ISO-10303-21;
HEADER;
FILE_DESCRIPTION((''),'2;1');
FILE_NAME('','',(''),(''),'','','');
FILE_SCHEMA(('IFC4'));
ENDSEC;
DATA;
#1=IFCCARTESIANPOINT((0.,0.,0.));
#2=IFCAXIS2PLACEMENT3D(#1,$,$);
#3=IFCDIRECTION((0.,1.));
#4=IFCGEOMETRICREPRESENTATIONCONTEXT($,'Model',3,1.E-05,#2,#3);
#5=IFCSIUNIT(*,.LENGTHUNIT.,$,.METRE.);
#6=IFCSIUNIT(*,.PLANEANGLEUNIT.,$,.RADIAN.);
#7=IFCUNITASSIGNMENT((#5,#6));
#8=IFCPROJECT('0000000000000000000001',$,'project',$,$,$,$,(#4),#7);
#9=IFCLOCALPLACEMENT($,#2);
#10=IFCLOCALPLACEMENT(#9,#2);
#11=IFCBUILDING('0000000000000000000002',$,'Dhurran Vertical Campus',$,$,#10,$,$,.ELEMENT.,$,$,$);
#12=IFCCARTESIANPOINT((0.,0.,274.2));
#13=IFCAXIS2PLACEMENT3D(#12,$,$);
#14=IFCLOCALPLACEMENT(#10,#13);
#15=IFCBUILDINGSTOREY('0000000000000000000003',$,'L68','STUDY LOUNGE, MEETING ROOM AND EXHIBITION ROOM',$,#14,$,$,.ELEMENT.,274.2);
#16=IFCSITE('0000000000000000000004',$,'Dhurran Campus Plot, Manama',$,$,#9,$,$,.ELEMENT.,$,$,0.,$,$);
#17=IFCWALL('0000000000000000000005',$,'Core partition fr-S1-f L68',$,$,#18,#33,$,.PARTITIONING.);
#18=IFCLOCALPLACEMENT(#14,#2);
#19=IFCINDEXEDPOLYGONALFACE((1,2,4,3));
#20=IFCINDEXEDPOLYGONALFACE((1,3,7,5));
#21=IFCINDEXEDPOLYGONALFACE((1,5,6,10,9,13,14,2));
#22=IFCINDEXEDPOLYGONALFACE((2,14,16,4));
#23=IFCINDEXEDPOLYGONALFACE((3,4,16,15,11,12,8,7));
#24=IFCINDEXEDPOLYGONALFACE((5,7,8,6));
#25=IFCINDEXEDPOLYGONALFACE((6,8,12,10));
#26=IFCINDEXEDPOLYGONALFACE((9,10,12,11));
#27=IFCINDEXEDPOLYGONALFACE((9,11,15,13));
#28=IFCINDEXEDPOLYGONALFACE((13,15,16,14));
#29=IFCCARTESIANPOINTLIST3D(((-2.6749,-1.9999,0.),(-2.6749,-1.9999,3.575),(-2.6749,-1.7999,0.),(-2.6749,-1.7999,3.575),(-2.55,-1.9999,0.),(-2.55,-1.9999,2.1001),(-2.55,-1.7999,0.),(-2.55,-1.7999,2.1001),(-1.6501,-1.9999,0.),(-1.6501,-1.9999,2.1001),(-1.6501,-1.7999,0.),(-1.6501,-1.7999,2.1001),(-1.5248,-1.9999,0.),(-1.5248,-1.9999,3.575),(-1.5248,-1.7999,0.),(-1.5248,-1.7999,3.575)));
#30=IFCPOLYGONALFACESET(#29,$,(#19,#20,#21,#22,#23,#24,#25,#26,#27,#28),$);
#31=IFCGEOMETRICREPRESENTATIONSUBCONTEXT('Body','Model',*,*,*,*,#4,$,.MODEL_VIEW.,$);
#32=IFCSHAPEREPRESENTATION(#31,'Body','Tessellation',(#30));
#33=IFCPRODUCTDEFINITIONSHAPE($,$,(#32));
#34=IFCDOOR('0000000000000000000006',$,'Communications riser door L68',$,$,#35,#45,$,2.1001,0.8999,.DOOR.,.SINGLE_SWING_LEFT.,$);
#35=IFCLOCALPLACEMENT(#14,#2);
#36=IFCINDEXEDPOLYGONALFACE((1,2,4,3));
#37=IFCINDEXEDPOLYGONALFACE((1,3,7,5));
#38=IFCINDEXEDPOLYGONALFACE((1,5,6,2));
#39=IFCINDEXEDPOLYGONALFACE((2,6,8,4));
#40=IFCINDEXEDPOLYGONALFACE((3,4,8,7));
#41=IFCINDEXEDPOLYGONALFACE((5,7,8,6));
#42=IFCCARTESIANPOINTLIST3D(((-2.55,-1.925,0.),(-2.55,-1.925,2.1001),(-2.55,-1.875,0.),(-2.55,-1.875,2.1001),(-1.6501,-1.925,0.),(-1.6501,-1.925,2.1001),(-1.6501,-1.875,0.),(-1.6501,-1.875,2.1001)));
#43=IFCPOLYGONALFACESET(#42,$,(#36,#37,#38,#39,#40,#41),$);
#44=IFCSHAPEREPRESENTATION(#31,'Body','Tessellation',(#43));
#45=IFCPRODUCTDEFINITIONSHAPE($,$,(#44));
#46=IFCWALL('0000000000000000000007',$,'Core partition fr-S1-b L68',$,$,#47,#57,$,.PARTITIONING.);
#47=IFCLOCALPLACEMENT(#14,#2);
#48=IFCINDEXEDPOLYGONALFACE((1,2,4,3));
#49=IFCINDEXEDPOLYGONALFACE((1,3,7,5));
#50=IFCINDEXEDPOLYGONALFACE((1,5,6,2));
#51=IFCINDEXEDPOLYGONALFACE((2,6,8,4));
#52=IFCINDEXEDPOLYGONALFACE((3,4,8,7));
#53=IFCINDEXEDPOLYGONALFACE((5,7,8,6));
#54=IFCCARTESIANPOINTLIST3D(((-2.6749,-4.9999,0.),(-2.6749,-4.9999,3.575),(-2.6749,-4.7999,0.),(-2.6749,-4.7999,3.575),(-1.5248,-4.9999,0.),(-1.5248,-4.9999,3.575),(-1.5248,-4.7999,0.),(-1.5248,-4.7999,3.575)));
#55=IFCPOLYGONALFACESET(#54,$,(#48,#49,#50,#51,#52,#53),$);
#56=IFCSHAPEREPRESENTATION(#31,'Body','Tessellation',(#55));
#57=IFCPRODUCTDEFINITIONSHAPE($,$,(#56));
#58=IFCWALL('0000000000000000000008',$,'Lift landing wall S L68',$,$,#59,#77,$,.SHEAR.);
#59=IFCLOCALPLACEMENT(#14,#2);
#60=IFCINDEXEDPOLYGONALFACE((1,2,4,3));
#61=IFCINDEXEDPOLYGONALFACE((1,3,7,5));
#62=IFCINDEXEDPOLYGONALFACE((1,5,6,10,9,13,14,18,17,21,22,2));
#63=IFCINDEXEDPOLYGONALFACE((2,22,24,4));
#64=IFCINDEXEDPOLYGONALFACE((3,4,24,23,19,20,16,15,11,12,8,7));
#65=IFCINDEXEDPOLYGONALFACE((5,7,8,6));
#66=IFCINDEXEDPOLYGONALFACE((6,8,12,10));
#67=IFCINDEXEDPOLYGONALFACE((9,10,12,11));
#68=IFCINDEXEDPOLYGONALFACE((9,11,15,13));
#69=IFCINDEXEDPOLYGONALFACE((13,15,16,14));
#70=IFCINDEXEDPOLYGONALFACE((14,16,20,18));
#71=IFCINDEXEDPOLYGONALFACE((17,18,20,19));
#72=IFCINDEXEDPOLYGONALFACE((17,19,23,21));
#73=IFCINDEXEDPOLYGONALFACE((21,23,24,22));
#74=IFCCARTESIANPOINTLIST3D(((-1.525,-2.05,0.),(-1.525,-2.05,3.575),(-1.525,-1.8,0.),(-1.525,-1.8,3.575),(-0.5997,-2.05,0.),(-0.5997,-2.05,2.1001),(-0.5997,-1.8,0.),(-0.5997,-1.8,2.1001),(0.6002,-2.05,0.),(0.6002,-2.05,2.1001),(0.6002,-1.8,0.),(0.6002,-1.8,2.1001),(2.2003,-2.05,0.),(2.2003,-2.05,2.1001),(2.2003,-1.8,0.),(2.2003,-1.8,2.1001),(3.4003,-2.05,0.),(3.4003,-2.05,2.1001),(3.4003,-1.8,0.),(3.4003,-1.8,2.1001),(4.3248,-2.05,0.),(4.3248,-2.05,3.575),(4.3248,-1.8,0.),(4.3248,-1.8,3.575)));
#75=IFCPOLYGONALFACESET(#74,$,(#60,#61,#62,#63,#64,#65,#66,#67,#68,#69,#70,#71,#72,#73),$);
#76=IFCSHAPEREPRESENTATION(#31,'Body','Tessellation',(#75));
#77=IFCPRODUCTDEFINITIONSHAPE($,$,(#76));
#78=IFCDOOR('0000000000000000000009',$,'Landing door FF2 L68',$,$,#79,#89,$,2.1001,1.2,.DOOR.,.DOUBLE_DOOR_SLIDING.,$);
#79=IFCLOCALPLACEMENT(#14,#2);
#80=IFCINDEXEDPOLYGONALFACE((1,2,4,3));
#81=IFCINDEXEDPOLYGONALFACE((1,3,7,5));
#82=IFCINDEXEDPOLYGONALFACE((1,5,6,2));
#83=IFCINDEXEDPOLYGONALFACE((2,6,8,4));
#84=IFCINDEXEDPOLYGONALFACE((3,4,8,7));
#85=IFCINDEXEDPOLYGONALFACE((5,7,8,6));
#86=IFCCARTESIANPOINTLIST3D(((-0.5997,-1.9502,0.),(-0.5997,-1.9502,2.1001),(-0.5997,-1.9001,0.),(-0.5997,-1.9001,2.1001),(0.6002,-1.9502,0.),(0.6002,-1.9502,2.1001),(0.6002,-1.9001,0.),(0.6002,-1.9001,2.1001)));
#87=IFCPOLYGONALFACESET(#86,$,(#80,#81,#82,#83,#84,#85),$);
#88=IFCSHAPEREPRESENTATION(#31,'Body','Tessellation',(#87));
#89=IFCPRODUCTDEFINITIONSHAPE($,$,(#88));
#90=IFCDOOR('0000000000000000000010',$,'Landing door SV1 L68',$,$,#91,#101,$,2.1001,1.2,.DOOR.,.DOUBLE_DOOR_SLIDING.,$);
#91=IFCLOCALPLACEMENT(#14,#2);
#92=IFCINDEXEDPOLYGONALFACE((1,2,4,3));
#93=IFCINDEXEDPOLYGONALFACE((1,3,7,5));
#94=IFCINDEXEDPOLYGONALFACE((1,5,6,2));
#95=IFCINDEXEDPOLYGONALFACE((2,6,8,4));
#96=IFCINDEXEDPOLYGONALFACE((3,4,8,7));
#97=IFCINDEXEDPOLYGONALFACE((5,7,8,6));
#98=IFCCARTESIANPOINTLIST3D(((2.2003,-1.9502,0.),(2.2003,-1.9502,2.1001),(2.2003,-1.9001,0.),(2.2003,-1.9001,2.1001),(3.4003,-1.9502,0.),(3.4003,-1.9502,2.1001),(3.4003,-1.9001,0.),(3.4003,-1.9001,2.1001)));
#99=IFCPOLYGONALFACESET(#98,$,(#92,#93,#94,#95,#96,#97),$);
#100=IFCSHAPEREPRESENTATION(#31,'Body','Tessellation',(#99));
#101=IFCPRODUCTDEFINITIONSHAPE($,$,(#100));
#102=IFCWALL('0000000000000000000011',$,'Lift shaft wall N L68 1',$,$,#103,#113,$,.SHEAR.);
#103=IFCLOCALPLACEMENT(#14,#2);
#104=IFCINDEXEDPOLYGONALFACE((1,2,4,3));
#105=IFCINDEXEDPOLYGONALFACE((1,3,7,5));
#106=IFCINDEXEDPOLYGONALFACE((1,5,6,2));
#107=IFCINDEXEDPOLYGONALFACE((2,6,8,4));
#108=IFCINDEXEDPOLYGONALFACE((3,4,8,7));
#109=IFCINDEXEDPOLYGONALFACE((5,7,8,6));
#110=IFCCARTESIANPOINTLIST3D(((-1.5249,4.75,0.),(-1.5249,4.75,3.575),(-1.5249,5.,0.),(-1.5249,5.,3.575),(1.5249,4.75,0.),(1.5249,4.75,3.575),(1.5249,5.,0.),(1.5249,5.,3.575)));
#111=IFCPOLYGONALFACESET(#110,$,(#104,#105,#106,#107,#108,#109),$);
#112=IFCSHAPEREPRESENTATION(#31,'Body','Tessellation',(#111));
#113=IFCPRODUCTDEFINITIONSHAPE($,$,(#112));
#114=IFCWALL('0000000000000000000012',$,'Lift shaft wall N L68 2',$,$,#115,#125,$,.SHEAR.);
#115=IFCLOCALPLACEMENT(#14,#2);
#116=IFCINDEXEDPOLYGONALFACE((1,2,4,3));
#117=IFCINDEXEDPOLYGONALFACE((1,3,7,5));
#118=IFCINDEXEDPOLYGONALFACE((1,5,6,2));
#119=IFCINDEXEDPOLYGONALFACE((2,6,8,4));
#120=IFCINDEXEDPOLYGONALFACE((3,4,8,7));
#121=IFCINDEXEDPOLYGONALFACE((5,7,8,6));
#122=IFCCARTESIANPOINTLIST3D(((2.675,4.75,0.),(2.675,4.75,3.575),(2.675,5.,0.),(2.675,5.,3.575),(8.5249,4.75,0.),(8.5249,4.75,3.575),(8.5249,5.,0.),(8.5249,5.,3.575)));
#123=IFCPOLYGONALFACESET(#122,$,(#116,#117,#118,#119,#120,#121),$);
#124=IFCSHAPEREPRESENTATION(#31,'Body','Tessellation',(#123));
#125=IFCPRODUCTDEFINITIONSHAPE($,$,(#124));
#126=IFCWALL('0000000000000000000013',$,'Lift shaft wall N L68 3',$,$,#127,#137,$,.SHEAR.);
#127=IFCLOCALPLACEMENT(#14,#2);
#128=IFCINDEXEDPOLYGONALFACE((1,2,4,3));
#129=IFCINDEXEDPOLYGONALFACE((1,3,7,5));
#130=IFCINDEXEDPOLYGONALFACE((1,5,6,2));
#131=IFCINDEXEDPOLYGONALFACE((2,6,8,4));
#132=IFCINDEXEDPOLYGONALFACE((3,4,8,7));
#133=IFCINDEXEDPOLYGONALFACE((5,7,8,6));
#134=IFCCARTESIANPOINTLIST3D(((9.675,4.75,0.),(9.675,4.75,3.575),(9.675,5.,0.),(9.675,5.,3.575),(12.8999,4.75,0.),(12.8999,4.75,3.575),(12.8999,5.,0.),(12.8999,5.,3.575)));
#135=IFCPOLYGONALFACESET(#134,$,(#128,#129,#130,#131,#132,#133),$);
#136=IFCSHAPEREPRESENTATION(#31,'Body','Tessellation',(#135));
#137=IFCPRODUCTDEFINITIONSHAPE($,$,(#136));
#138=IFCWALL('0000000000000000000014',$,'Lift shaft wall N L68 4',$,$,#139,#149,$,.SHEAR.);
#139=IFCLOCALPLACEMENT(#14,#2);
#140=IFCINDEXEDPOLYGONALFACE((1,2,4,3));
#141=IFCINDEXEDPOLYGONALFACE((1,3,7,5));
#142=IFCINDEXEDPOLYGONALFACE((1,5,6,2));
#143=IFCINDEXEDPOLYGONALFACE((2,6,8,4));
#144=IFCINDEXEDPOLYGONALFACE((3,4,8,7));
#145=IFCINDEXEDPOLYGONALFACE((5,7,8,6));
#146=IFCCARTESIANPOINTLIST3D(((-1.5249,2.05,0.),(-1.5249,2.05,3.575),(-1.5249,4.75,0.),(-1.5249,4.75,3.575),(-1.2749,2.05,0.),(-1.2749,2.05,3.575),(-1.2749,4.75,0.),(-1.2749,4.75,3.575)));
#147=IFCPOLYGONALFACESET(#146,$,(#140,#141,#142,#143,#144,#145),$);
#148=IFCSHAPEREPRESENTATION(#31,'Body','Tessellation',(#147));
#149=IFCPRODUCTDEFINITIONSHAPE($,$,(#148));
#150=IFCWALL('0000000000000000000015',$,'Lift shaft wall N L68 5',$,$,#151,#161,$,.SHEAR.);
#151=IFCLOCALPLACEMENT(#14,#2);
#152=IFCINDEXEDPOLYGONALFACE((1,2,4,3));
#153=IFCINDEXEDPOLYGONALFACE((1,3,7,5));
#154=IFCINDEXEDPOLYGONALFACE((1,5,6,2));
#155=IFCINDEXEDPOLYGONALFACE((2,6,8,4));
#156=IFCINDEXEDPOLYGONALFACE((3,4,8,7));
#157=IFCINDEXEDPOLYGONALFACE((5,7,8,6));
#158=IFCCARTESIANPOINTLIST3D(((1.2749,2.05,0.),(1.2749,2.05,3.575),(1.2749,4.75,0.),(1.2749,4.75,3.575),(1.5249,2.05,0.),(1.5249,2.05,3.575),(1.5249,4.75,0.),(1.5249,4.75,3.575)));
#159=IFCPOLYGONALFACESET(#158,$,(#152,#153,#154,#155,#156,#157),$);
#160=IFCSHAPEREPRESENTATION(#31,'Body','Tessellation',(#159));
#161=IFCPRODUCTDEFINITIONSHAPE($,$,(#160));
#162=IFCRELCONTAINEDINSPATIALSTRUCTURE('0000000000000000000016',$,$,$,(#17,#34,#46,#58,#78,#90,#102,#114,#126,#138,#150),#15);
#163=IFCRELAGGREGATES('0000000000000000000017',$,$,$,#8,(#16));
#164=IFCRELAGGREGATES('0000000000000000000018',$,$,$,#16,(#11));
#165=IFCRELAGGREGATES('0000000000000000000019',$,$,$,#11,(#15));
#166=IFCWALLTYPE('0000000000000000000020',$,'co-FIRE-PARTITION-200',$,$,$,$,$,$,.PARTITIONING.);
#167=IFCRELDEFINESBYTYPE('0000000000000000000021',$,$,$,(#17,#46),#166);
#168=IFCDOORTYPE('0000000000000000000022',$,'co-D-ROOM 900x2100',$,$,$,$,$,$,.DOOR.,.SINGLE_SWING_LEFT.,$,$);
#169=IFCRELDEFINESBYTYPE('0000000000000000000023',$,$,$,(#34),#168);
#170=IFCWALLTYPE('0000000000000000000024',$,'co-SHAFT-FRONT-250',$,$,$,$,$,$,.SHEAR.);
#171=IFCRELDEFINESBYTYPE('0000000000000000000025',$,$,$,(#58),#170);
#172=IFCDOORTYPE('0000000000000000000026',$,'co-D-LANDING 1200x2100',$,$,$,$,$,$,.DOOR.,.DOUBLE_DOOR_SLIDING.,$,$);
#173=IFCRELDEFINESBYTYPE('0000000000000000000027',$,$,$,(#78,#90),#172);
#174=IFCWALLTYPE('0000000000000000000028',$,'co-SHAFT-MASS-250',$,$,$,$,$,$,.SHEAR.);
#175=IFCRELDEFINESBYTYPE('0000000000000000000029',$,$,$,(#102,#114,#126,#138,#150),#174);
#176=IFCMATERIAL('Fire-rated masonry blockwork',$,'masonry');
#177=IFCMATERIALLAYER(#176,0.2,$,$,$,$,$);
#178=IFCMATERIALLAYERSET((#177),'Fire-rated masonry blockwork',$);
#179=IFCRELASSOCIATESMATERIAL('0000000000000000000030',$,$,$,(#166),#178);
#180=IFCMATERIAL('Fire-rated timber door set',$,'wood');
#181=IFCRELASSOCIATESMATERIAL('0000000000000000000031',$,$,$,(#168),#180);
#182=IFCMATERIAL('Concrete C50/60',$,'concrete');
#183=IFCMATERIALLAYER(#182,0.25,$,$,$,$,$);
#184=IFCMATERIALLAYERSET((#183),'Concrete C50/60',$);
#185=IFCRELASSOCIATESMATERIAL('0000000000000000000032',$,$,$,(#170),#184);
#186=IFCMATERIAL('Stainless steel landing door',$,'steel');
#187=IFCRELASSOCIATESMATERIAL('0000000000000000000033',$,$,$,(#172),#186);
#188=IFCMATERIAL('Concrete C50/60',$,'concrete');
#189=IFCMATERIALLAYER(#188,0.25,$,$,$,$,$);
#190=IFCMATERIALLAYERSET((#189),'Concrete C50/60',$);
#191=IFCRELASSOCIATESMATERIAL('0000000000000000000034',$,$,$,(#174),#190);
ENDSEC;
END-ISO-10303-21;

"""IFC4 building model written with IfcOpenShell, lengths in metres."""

from ifc_helpers import new_model, si_unit, direction, frame, frame_2d, origin, place, context, subcontext, project, spatial, polyline, rectangle, outline, extrude, material, layer, layer_set, type_object, element, fill, save


model = new_model("IFC4")

# Units and contexts
model_context = context("Model", 3, precision=1e-05, world=origin(), true_north=direction((0.0, 1.0)))
body_context = subcontext(model_context, "Body", "Model", "MODEL_VIEW")
ifc_project = project(units=[si_unit("LENGTHUNIT", "METRE"), si_unit("PLANEANGLEUNIT", "RADIAN")], contexts=[model_context])

# Site, building, storey
site_placement = place(None, origin())
site = spatial("IfcSite", under=ifc_project, at=site_placement, Name="Dhurran Campus Plot, Manama", CompositionType="ELEMENT", RefElevation=0.0)
building_placement = place(site_placement, origin())
building = spatial("IfcBuilding", under=site, at=building_placement, Name="Dhurran Vertical Campus", CompositionType="ELEMENT")
storey_placement = place(building_placement, frame((0.0, 0.0, 274.2)))
storey = spatial("IfcBuildingStorey", under=building, at=storey_placement, Name="L68", Description="STUDY LOUNGE, MEETING ROOM AND EXHIBITION ROOM", CompositionType="ELEMENT", Elevation=274.2)

# Shared definitions
ifc_material_1 = material(Name="Fire-rated masonry blockwork", Category="masonry")
ifc_layer_1 = layer(ifc_material_1, 0.2)
ifc_layer_set_1 = layer_set([ifc_layer_1], Name="Fire-rated masonry blockwork")
wall_type_1 = type_object("IfcWallType", Name="co-FIRE-PARTITION-200", PredefinedType="PARTITIONING", material=ifc_layer_set_1)

# Wall, opening, door
wall_1_placement = place(storey_placement, frame((-2.675, -1.8999, 0.0), z_axis=(0.0, 0.0, 1.0), x_axis=(1.0, 0.0, 0.0)))
wall_1 = element("IfcWall", 1, at=wall_1_placement, inside=storey, type_object=wall_type_1, Name="Core partition fr-S1-f L68", PredefinedType="PARTITIONING", context=body_context, shape_type="SweptSolid", body=[
    extrude(rectangle(XDim=1.1501, YDim=0.2, at=frame_2d((0.5752, 0.0))), origin(), (0.0, 0.0, 1.0), 3.575),
])
opening_1_placement = place(wall_1_placement, frame((0.125, 0.0, 0.0)))
opening_1 = element("IfcOpeningElement", 2, at=opening_1_placement, cuts=wall_1, PredefinedType="OPENING", context=body_context, shape_type="SweptSolid", body=[
    extrude(rectangle(XDim=0.8999, YDim=2.1001, at=frame_2d((0.45, 1.05))), frame((0.0, 0.1099, 0.0), z_axis=(0.0, -1.0, 0.0), x_axis=(1.0, 0.0, 0.0)), (0.0, 0.0, 1.0), 0.22),
])
ifc_material_2 = material(Name="Fire-rated timber door set", Category="wood")
door_type_1 = type_object("IfcDoorType", Name="co-D-ROOM 900x2100", OperationType="SINGLE_SWING_LEFT", PredefinedType="DOOR", material=ifc_material_2)
door_1_placement = place(opening_1_placement, origin())
door_1 = element("IfcDoor", 3, at=door_1_placement, inside=storey, type_object=door_type_1, Name="Communications riser door L68", OperationType="SINGLE_SWING_LEFT", OverallHeight=2.1001, OverallWidth=0.8999, PredefinedType="DOOR", context=body_context, shape_type="SweptSolid", body=[
    extrude(rectangle(XDim=0.8999, YDim=2.1001, at=frame_2d((0.45, 1.05))), frame((0.0, 0.0249, 0.0), z_axis=(0.0, -1.0, 0.0), x_axis=(1.0, 0.0, 0.0)), (0.0, 0.0, 1.0), 0.05),
])
fill(opening_1, door_1)

# Wall
wall_2_placement = place(storey_placement, frame((-2.675, -4.8999, 0.0), z_axis=(0.0, 0.0, 1.0), x_axis=(1.0, 0.0, 0.0)))
element("IfcWall", 4, at=wall_2_placement, inside=storey, type_object=wall_type_1, Name="Core partition fr-S1-b L68", PredefinedType="PARTITIONING", context=body_context, shape_type="SweptSolid", body=[
    extrude(rectangle(XDim=1.1501, YDim=0.2, at=frame_2d((0.5752, 0.0))), origin(), (0.0, 0.0, 1.0), 3.575),
])

# Wall, openings, doors
ifc_material_3 = material(Name="Concrete C50/60", Category="concrete")
ifc_layer_2 = layer(ifc_material_3, 0.25)
ifc_layer_set_2 = layer_set([ifc_layer_2], Name="Concrete C50/60")
wall_type_2 = type_object("IfcWallType", Name="co-SHAFT-FRONT-250", PredefinedType="SHEAR", material=ifc_layer_set_2)
wall_3_placement = place(storey_placement, frame((-1.5249, -1.925, 0.0), z_axis=(0.0, 0.0, 1.0), x_axis=(1.0, 0.0, 0.0)))
wall_3 = element("IfcWall", 5, at=wall_3_placement, inside=storey, type_object=wall_type_2, Name="Lift landing wall S L68", PredefinedType="SHEAR", context=body_context, shape_type="SweptSolid", body=[
    extrude(rectangle(XDim=5.8499, YDim=0.25, at=frame_2d((2.9248, 0.0))), origin(), (0.0, 0.0, 1.0), 3.575),
])
opening_2_placement = place(wall_3_placement, frame((0.925, 0.0, 0.0)))
opening_2 = element("IfcOpeningElement", 6, at=opening_2_placement, cuts=wall_3, PredefinedType="OPENING", context=body_context, shape_type="SweptSolid", body=[
    extrude(rectangle(XDim=1.2, YDim=2.1001, at=frame_2d((0.6001, 1.05))), frame((0.0, 0.135, 0.0), z_axis=(0.0, -1.0, 0.0), x_axis=(1.0, 0.0, 0.0)), (0.0, 0.0, 1.0), 0.27),
])
opening_3_placement = place(wall_3_placement, frame((3.7251, 0.0, 0.0)))
opening_3 = element("IfcOpeningElement", 7, at=opening_3_placement, cuts=wall_3, PredefinedType="OPENING", context=body_context, shape_type="SweptSolid", body=[
    extrude(rectangle(XDim=1.2, YDim=2.1001, at=frame_2d((0.6001, 1.05))), frame((0.0, 0.135, 0.0), z_axis=(0.0, -1.0, 0.0), x_axis=(1.0, 0.0, 0.0)), (0.0, 0.0, 1.0), 0.27),
])
ifc_material_4 = material(Name="Stainless steel landing door", Category="steel")
door_type_2 = type_object("IfcDoorType", Name="co-D-LANDING 1200x2100", OperationType="DOUBLE_DOOR_SLIDING", PredefinedType="DOOR", material=ifc_material_4)
door_2_placement = place(opening_2_placement, origin())
door_2 = element("IfcDoor", 8, at=door_2_placement, inside=storey, type_object=door_type_2, Name="Landing door FF2 L68", OperationType="DOUBLE_DOOR_SLIDING", OverallHeight=2.1001, OverallWidth=1.2, PredefinedType="DOOR", context=body_context, shape_type="SweptSolid", body=[
    extrude(rectangle(XDim=1.2, YDim=2.1001, at=frame_2d((0.6001, 1.05))), frame((0.0, 0.0249, 0.0), z_axis=(0.0, -1.0, 0.0), x_axis=(1.0, 0.0, 0.0)), (0.0, 0.0, 1.0), 0.05),
])
fill(opening_2, door_2)
door_3_placement = place(opening_3_placement, origin())
door_3 = element("IfcDoor", 9, at=door_3_placement, inside=storey, type_object=door_type_2, Name="Landing door SV1 L68", OperationType="DOUBLE_DOOR_SLIDING", OverallHeight=2.1001, OverallWidth=1.2, PredefinedType="DOOR", context=body_context, shape_type="SweptSolid", body=[
    extrude(rectangle(XDim=1.2, YDim=2.1001, at=frame_2d((0.6001, 1.05))), frame((0.0, 0.0249, 0.0), z_axis=(0.0, -1.0, 0.0), x_axis=(1.0, 0.0, 0.0)), (0.0, 0.0, 1.0), 0.05),
])
fill(opening_3, door_3)

# Walls
ifc_material_5 = material(Name="Concrete C50/60", Category="concrete")
ifc_layer_3 = layer(ifc_material_5, 0.25)
ifc_layer_set_3 = layer_set([ifc_layer_3], Name="Concrete C50/60")
wall_type_3 = type_object("IfcWallType", Name="co-SHAFT-MASS-250", PredefinedType="SHEAR", material=ifc_layer_set_3)
wall_4_placement = place(storey_placement, origin())
element("IfcWall", 10, at=wall_4_placement, inside=storey, type_object=wall_type_3, Name="Lift shaft wall N L68 1", PredefinedType="SHEAR", context=body_context, shape_type="SweptSolid", body=[
    extrude(outline(polyline([(-1.5249, 4.75), (1.5249, 4.75), (1.5249, 5.0), (-1.5249, 5.0), (-1.5249, 4.75)])), origin(), (0.0, 0.0, 1.0), 3.575),
])
wall_5_placement = place(storey_placement, origin())
element("IfcWall", 11, at=wall_5_placement, inside=storey, type_object=wall_type_3, Name="Lift shaft wall N L68 2", PredefinedType="SHEAR", context=body_context, shape_type="SweptSolid", body=[
    extrude(outline(polyline([(2.675, 4.75), (8.5249, 4.75), (8.5249, 5.0), (2.675, 5.0), (2.675, 4.75)])), origin(), (0.0, 0.0, 1.0), 3.575),
])
wall_6_placement = place(storey_placement, origin())
element("IfcWall", 12, at=wall_6_placement, inside=storey, type_object=wall_type_3, Name="Lift shaft wall N L68 3", PredefinedType="SHEAR", context=body_context, shape_type="SweptSolid", body=[
    extrude(outline(polyline([(9.675, 4.75), (12.8999, 4.75), (12.8999, 5.0), (9.675, 5.0), (9.675, 4.75)])), origin(), (0.0, 0.0, 1.0), 3.575),
])
wall_7_placement = place(storey_placement, origin())
element("IfcWall", 13, at=wall_7_placement, inside=storey, type_object=wall_type_3, Name="Lift shaft wall N L68 4", PredefinedType="SHEAR", context=body_context, shape_type="SweptSolid", body=[
    extrude(outline(polyline([(-1.5249, 2.05), (-1.2749, 2.05), (-1.2749, 4.75), (-1.5249, 4.75), (-1.5249, 2.05)])), origin(), (0.0, 0.0, 1.0), 3.575),
])
wall_8_placement = place(storey_placement, origin())
element("IfcWall", 14, at=wall_8_placement, inside=storey, type_object=wall_type_3, Name="Lift shaft wall N L68 5", PredefinedType="SHEAR", context=body_context, shape_type="SweptSolid", body=[
    extrude(outline(polyline([(1.2749, 2.05), (1.5249, 2.05), (1.5249, 4.75), (1.2749, 4.75), (1.2749, 2.05)])), origin(), (0.0, 0.0, 1.0), 3.575),
])

save(model, "model.ifc")
